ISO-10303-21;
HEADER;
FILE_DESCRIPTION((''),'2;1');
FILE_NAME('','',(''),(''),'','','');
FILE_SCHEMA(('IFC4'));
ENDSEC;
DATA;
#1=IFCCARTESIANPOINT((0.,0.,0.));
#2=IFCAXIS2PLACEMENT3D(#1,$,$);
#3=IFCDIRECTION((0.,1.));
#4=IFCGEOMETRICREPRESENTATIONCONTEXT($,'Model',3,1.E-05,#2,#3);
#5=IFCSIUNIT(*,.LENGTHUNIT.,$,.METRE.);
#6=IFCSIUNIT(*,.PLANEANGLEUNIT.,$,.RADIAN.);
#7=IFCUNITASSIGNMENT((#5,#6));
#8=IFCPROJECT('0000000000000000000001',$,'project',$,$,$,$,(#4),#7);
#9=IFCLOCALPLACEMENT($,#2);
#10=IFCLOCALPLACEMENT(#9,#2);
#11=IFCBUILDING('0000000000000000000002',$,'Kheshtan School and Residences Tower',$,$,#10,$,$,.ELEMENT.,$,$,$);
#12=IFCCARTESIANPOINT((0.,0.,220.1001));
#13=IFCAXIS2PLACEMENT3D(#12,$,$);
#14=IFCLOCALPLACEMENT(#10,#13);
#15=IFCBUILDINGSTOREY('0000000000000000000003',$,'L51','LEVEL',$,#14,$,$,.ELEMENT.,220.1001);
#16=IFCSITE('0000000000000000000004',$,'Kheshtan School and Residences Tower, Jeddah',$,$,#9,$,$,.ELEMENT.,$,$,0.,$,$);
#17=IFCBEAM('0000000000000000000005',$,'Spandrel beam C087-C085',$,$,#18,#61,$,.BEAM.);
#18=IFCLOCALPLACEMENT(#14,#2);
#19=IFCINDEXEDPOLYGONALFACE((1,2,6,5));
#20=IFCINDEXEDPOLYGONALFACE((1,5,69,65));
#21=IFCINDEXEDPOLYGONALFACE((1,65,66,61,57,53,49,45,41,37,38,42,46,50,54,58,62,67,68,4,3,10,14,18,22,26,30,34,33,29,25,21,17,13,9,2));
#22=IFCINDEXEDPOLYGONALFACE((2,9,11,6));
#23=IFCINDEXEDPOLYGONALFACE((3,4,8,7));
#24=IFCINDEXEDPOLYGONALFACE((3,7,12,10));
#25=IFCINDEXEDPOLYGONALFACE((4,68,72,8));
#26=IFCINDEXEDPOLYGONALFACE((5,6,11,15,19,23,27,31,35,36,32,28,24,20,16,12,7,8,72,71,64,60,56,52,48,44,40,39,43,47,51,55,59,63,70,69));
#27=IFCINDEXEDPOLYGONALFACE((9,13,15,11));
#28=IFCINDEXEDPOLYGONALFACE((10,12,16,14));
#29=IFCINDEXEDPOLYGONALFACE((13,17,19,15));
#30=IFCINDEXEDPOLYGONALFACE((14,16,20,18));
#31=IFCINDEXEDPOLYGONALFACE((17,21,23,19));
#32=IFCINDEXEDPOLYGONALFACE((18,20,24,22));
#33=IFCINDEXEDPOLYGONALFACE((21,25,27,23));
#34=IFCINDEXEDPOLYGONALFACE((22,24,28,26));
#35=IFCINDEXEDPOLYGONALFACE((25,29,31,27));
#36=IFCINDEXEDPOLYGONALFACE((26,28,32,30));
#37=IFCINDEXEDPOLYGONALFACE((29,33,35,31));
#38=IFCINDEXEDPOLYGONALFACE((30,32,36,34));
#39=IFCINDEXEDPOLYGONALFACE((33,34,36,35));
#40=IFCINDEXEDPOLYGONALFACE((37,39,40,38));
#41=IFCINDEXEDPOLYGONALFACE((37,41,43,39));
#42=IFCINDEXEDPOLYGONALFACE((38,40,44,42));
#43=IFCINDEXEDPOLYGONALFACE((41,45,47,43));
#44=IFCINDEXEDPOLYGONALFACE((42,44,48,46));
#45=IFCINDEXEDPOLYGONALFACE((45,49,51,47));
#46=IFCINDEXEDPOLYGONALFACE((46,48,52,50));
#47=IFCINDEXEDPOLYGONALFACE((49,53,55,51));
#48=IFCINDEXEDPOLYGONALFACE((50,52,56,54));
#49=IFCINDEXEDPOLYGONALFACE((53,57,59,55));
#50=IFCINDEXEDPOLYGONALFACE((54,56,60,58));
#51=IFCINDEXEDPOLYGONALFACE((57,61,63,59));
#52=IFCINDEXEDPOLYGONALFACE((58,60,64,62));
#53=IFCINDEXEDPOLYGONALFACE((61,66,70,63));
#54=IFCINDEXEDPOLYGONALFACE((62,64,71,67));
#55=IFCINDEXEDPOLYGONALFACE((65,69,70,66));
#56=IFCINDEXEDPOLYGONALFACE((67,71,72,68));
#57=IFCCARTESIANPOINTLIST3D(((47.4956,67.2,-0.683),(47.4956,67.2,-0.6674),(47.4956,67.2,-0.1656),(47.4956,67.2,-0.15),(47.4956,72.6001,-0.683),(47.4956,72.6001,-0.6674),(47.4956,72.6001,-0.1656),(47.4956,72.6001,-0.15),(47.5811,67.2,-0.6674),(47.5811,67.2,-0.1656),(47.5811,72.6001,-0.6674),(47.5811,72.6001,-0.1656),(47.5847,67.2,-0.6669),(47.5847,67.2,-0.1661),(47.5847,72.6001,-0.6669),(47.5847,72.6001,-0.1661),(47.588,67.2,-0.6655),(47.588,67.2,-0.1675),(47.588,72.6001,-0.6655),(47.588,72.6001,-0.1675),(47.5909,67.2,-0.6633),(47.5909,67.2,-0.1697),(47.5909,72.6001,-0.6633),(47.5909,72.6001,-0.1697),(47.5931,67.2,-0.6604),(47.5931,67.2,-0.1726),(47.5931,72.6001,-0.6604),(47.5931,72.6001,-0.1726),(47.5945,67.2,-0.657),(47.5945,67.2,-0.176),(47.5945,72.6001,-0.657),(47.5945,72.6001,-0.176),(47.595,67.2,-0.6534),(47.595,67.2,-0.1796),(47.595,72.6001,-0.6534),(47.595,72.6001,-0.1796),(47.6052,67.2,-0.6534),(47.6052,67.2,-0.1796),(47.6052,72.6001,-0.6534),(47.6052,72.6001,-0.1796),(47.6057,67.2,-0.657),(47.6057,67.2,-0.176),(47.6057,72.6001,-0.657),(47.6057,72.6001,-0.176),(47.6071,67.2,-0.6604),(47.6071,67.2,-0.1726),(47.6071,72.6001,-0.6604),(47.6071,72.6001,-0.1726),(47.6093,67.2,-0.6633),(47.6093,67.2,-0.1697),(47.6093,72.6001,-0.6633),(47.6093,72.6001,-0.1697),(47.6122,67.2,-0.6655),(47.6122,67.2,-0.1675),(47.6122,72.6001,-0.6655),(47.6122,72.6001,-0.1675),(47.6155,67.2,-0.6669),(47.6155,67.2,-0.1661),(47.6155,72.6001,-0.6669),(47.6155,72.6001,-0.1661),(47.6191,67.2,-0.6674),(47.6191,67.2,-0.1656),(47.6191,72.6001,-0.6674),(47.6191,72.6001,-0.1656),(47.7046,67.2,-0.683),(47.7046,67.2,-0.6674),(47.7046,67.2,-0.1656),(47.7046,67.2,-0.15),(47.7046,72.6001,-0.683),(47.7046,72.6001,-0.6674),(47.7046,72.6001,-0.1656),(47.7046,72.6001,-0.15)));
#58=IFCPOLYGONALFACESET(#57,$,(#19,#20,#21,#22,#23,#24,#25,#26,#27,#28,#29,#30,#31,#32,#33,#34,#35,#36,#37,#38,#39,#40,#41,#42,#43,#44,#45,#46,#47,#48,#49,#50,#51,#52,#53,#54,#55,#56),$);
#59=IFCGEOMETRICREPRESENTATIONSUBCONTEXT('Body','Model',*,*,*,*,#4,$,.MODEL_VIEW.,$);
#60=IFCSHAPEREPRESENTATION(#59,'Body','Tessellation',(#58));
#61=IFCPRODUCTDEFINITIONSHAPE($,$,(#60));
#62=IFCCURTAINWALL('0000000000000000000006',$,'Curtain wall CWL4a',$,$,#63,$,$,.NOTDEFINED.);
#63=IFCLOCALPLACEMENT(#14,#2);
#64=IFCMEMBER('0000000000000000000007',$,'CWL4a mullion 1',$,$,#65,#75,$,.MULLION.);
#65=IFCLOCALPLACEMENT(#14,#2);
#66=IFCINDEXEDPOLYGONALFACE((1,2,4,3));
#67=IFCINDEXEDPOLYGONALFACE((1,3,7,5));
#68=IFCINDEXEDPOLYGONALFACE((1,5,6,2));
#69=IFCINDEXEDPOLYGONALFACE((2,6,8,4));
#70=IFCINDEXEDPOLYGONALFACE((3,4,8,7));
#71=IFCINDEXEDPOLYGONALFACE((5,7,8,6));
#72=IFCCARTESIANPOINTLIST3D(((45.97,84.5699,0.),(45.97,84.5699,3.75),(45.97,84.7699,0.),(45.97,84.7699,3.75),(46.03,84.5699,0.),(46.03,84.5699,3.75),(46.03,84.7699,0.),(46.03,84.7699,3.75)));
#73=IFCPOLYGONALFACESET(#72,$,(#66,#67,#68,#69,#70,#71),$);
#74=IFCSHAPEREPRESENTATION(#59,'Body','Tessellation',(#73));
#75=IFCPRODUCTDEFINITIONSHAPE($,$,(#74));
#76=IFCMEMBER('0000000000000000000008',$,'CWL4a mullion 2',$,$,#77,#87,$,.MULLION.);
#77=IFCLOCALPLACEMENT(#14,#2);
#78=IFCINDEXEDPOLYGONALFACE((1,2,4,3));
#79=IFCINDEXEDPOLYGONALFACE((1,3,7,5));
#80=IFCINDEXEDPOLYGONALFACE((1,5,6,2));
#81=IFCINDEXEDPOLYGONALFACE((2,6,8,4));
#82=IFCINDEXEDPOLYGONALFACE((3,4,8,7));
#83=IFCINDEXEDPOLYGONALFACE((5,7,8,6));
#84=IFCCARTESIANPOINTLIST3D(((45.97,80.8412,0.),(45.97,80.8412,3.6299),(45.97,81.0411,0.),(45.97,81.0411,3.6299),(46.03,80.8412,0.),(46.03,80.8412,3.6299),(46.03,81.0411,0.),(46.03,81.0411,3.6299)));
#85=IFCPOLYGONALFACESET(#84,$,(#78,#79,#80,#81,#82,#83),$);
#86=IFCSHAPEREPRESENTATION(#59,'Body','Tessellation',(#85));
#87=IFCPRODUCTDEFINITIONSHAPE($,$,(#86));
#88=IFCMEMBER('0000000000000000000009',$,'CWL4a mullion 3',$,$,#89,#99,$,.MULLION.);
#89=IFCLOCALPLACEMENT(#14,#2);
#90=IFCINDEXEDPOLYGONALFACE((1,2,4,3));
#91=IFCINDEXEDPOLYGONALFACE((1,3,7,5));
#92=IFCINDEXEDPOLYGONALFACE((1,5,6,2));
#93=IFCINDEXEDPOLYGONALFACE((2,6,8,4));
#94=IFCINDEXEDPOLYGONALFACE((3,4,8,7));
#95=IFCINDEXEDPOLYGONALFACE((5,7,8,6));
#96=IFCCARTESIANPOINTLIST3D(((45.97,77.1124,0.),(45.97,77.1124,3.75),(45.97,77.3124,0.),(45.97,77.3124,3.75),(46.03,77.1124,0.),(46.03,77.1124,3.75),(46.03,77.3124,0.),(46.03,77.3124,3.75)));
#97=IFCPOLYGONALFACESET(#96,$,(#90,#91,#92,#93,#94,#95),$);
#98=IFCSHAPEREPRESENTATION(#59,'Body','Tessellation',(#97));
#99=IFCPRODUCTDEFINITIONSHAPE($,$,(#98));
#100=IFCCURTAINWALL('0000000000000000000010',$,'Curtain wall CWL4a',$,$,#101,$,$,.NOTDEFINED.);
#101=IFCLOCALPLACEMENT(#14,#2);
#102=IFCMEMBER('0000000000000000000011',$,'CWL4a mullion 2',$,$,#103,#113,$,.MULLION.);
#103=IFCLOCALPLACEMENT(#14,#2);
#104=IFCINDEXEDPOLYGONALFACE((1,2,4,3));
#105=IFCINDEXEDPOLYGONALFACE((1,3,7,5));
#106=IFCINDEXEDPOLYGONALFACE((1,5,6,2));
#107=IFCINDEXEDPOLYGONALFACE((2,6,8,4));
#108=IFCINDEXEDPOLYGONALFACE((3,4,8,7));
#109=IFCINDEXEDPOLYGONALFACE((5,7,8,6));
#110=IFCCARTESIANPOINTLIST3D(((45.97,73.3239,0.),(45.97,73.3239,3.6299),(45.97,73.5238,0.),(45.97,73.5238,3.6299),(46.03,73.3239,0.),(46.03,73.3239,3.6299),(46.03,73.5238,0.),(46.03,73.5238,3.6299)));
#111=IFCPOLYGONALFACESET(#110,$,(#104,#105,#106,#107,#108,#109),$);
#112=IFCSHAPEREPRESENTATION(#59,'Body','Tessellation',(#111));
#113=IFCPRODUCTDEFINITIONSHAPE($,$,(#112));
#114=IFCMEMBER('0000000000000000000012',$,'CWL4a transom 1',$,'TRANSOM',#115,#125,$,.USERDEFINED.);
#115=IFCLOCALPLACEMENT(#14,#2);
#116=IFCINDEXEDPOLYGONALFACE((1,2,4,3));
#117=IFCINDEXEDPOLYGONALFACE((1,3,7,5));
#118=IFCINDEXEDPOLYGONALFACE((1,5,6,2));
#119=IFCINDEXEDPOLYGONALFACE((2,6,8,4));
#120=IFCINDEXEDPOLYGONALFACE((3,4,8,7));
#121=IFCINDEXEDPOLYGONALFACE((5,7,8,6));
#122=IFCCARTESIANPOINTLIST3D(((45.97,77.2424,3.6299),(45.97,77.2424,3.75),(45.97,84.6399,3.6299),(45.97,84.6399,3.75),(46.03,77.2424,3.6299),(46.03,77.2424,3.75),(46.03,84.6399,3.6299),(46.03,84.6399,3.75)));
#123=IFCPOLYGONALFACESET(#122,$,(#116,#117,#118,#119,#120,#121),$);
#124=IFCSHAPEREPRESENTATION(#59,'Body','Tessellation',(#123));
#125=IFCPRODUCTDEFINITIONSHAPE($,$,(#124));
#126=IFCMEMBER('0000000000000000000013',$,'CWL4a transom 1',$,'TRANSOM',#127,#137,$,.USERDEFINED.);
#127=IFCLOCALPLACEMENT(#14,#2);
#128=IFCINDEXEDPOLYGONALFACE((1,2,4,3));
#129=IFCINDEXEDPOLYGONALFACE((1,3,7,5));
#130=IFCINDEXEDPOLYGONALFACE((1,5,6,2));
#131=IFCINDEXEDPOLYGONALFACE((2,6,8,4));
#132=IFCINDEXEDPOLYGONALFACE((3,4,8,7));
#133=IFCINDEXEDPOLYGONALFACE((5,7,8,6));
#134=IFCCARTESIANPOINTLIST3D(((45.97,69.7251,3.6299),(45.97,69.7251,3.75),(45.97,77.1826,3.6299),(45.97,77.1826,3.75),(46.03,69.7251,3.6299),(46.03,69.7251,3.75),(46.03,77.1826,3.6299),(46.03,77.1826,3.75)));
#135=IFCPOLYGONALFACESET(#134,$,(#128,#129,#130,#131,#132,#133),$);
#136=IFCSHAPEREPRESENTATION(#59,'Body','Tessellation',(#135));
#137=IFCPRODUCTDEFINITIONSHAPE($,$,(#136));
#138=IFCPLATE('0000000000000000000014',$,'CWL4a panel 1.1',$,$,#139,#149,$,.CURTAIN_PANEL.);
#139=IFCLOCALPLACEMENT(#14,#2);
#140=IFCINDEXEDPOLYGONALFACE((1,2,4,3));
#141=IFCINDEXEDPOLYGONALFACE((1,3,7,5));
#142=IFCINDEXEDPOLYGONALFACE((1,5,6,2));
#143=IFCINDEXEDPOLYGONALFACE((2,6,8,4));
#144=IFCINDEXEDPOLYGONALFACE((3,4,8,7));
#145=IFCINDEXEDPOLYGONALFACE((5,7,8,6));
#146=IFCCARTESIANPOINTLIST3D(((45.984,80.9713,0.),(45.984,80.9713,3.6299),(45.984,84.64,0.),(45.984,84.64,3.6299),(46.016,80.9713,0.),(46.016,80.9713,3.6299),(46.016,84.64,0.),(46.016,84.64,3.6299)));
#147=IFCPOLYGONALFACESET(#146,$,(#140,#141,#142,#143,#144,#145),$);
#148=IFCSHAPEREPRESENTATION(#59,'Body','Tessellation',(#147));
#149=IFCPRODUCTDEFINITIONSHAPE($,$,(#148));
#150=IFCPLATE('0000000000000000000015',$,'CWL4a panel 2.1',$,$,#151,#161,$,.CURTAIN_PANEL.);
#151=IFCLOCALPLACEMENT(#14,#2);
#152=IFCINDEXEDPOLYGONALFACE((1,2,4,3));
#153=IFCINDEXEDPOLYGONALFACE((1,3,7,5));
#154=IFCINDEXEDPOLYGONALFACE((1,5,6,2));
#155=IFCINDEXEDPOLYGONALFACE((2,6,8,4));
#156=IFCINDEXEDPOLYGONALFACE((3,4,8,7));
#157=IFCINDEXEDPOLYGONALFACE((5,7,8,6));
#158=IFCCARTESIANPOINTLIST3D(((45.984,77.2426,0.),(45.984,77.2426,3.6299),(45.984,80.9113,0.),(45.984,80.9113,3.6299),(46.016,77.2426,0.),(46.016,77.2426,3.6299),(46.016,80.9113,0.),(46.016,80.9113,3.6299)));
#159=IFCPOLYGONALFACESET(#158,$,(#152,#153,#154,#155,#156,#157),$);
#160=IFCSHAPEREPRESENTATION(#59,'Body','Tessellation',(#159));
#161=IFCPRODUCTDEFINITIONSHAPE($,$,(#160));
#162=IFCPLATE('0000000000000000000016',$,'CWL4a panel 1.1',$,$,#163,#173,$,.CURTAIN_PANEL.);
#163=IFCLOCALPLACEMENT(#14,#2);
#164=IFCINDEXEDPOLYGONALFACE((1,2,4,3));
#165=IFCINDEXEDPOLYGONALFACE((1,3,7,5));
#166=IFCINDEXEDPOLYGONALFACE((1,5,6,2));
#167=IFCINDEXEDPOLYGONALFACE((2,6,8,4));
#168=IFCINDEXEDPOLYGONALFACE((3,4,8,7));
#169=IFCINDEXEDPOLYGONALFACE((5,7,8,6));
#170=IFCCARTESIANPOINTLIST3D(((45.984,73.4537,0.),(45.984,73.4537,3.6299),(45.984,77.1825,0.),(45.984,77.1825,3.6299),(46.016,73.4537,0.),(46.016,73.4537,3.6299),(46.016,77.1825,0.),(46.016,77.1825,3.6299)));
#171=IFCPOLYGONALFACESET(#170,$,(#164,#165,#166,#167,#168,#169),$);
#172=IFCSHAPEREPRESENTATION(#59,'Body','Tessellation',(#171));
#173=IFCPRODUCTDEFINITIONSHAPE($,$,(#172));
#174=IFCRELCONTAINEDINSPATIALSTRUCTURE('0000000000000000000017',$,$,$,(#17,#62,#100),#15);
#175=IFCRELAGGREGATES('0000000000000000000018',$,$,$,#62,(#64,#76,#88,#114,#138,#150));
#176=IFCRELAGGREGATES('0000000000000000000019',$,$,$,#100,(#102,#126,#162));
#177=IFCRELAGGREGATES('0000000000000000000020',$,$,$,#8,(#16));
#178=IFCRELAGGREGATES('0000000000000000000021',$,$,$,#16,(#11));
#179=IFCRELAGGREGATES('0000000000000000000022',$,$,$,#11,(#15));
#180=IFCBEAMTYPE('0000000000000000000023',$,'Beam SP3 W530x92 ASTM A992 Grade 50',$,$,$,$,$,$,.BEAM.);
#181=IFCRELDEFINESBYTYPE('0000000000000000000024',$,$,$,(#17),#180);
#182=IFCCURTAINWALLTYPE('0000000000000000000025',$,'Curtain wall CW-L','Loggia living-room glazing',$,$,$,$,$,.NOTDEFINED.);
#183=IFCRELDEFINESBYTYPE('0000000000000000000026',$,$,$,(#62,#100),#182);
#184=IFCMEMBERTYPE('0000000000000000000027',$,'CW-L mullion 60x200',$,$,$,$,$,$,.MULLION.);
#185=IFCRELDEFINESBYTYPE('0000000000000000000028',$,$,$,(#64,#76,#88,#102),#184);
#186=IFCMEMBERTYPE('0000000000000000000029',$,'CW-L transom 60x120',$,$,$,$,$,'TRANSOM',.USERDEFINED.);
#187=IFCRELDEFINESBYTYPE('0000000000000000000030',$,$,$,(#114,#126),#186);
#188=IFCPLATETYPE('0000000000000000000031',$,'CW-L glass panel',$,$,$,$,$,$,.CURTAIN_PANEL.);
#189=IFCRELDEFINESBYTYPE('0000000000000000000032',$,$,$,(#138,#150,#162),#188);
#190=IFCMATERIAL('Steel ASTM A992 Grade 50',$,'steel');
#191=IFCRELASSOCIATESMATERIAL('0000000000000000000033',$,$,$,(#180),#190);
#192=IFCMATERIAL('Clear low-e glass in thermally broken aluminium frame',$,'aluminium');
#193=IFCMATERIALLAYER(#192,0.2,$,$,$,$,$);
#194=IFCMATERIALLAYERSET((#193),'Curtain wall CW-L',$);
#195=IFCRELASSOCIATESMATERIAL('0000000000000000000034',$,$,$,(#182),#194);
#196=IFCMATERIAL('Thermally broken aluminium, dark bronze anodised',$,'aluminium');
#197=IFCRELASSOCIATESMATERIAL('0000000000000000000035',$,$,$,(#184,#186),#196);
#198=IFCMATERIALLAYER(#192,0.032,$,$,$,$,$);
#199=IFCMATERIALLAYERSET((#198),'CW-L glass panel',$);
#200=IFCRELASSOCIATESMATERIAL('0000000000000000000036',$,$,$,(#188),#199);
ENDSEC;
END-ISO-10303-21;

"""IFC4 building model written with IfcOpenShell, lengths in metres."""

from ifc_helpers import new_model, si_unit, direction, frame, origin, origin_2d, place, context, subcontext, project, spatial, rectangle, i_section, extrude, material, layer, layer_set, material_profile, profile_set, type_object, element, aggregate, save


model = new_model("IFC4")

# Units and contexts
model_context = context("Model", 3, precision=1e-05, world=origin(), true_north=direction((0.0, 1.0)))
body_context = subcontext(model_context, "Body", "Model", "MODEL_VIEW")
ifc_project = project(units=[si_unit("LENGTHUNIT", "METRE"), si_unit("PLANEANGLEUNIT", "RADIAN")], contexts=[model_context])

# Site, building, storey
site_placement = place(None, origin())
site = spatial("IfcSite", under=ifc_project, at=site_placement, Name="Kheshtan School and Residences Tower, Jeddah", CompositionType="ELEMENT", RefElevation=0.0)
building_placement = place(site_placement, origin())
building = spatial("IfcBuilding", under=site, at=building_placement, Name="Kheshtan School and Residences Tower", CompositionType="ELEMENT")
storey_placement = place(building_placement, frame((0.0, 0.0, 220.1001)))
storey = spatial("IfcBuildingStorey", under=building, at=storey_placement, Name="L51", Description="LEVEL", CompositionType="ELEMENT", Elevation=220.1001)

# Shared definitions
ifc_material_1 = material(Name="Steel ASTM A992 Grade 50", Category="steel")

# Beam
ifc_material_profile_1 = material_profile(ifc_material_1, i_section(OverallWidth=0.209, OverallDepth=0.533, WebThickness=0.0103, FlangeThickness=0.0156, FilletRadius=0.0139, at=origin_2d()), Name="W530x92")
ifc_profile_set_1 = profile_set([ifc_material_profile_1], Name="Steel ASTM A992 Grade 50")
beam_type_1 = type_object("IfcBeamType", Name="Beam SP3 W530x92 ASTM A992 Grade 50", PredefinedType="BEAM", material=ifc_profile_set_1)
beam_1_placement = place(storey_placement, frame((47.6001, 72.6001, -0.4165), z_axis=(0.0, -1.0, 0.0), x_axis=(1.0, 0.0, 0.0)))
element("IfcBeam", 1, at=beam_1_placement, inside=storey, type_object=beam_type_1, Name="Spandrel beam C087-C085", PredefinedType="BEAM", context=body_context, shape_type="SweptSolid", body=[
    extrude(i_section(OverallWidth=0.209, OverallDepth=0.533, WebThickness=0.0103, FlangeThickness=0.0156, FilletRadius=0.0139, at=origin_2d()), origin(), (0.0, 0.0, 1.0), 5.4001),
])

# Curtain wall, members
ifc_material_2 = material(Name="Clear low-e glass in thermally broken aluminium frame", Category="aluminium")
ifc_layer_1 = layer(ifc_material_2, 0.2)
ifc_layer_set_1 = layer_set([ifc_layer_1], Name="Curtain wall CW-L")
curtain_wall_type = type_object("IfcCurtainWallType", Name="Curtain wall CW-L", Description="Loggia living-room glazing", PredefinedType="NOTDEFINED", material=ifc_layer_set_1)
curtain_wall_1_placement = place(storey_placement, origin())
curtain_wall_1 = element("IfcCurtainWall", 2, at=curtain_wall_1_placement, inside=storey, type_object=curtain_wall_type, Name="Curtain wall CWL4a", PredefinedType="NOTDEFINED")
ifc_material_3 = material(Name="Thermally broken aluminium, dark bronze anodised", Category="aluminium")
ifc_material_profile_2 = material_profile(ifc_material_3, rectangle(XDim=0.0601, YDim=0.2, at=origin_2d()), Name="CW-L mullion 60x200")
ifc_profile_set_2 = profile_set([ifc_material_profile_2], Name="Thermally broken aluminium, dark bronze anodised")
member_type_1 = type_object("IfcMemberType", Name="CW-L mullion 60x200", PredefinedType="MULLION", material=ifc_profile_set_2)
member_1_placement = place(storey_placement, frame((46.0, 84.6699, 0.0), z_axis=(0.0, 0.0, 1.0), x_axis=(1.0, 0.0, 0.0)))
member_1 = element("IfcMember", 3, at=member_1_placement, type_object=member_type_1, Name="CWL4a mullion 1", PredefinedType="MULLION", context=body_context, shape_type="SweptSolid", body=[
    extrude(rectangle(XDim=0.0601, YDim=0.2, at=origin_2d()), origin(), (0.0, 0.0, 1.0), 3.75),
])
member_2_placement = place(storey_placement, frame((46.0, 80.9412, 0.0), z_axis=(0.0, 0.0, 1.0), x_axis=(1.0, 0.0, 0.0)))
member_2 = element("IfcMember", 4, at=member_2_placement, type_object=member_type_1, Name="CWL4a mullion 2", PredefinedType="MULLION", context=body_context, shape_type="SweptSolid", body=[
    extrude(rectangle(XDim=0.0601, YDim=0.2, at=origin_2d()), origin(), (0.0, 0.0, 1.0), 3.6299),
])
member_3_placement = place(storey_placement, frame((46.0, 77.2124, 0.0), z_axis=(0.0, 0.0, 1.0), x_axis=(1.0, 0.0, 0.0)))
member_3 = element("IfcMember", 5, at=member_3_placement, type_object=member_type_1, Name="CWL4a mullion 3", PredefinedType="MULLION", context=body_context, shape_type="SweptSolid", body=[
    extrude(rectangle(XDim=0.0601, YDim=0.2, at=origin_2d()), origin(), (0.0, 0.0, 1.0), 3.75),
])

# Curtain wall, member
curtain_wall_2_placement = place(storey_placement, origin())
curtain_wall_2 = element("IfcCurtainWall", 6, at=curtain_wall_2_placement, inside=storey, type_object=curtain_wall_type, Name="Curtain wall CWL4a", PredefinedType="NOTDEFINED")
member_4_placement = place(storey_placement, frame((46.0, 73.4238, 0.0), z_axis=(0.0, 0.0, 1.0), x_axis=(1.0, 0.0, 0.0)))
member_4 = element("IfcMember", 7, at=member_4_placement, type_object=member_type_1, Name="CWL4a mullion 2", PredefinedType="MULLION", context=body_context, shape_type="SweptSolid", body=[
    extrude(rectangle(XDim=0.0601, YDim=0.2, at=origin_2d()), origin(), (0.0, 0.0, 1.0), 3.6299),
])

# Members
ifc_material_profile_3 = material_profile(ifc_material_3, rectangle(XDim=0.0601, YDim=0.1201, at=origin_2d()), Name="CW-L transom 60x120")
ifc_profile_set_3 = profile_set([ifc_material_profile_3], Name="Thermally broken aluminium, dark bronze anodised")
member_type_2 = type_object("IfcMemberType", Name="CW-L transom 60x120", ElementType="TRANSOM", PredefinedType="USERDEFINED", material=ifc_profile_set_3)
member_5_placement = place(storey_placement, frame((46.0, 84.6399, 3.6899), z_axis=(0.0, -1.0, 0.0), x_axis=(1.0, 0.0, 0.0)))
member_5 = element("IfcMember", 8, at=member_5_placement, type_object=member_type_2, Name="CWL4a transom 1", ObjectType="TRANSOM", PredefinedType="USERDEFINED", context=body_context, shape_type="SweptSolid", body=[
    extrude(rectangle(XDim=0.0601, YDim=0.1201, at=origin_2d()), origin(), (0.0, 0.0, 1.0), 7.3975),
])
member_6_placement = place(storey_placement, frame((46.0, 77.1826, 3.6899), z_axis=(0.0, -1.0, 0.0), x_axis=(1.0, 0.0, 0.0)))
member_6 = element("IfcMember", 9, at=member_6_placement, type_object=member_type_2, Name="CWL4a transom 1", ObjectType="TRANSOM", PredefinedType="USERDEFINED", context=body_context, shape_type="SweptSolid", body=[
    extrude(rectangle(XDim=0.0601, YDim=0.1201, at=origin_2d()), origin(), (0.0, 0.0, 1.0), 7.4575),
])

# Plates
ifc_layer_2 = layer(ifc_material_2, 0.032)
ifc_layer_set_2 = layer_set([ifc_layer_2], Name="CW-L glass panel")
plate_type = type_object("IfcPlateType", Name="CW-L glass panel", PredefinedType="CURTAIN_PANEL", material=ifc_layer_set_2)
plate_1_placement = place(storey_placement, frame((46.0, 82.8057, 0.0), z_axis=(0.0, 0.0, 1.0), x_axis=(0.0, -1.0, 0.0)))
plate_1 = element("IfcPlate", 10, at=plate_1_placement, type_object=plate_type, Name="CWL4a panel 1.1", PredefinedType="CURTAIN_PANEL", context=body_context, shape_type="SweptSolid", body=[
    extrude(rectangle(XDim=3.6687, YDim=0.032, at=origin_2d()), origin(), (0.0, 0.0, 1.0), 3.6299),
])
plate_2_placement = place(storey_placement, frame((46.0, 79.0769, 0.0), z_axis=(0.0, 0.0, 1.0), x_axis=(0.0, -1.0, 0.0)))
plate_2 = element("IfcPlate", 11, at=plate_2_placement, type_object=plate_type, Name="CWL4a panel 2.1", PredefinedType="CURTAIN_PANEL", context=body_context, shape_type="SweptSolid", body=[
    extrude(rectangle(XDim=3.6687, YDim=0.032, at=origin_2d()), origin(), (0.0, 0.0, 1.0), 3.6299),
])
aggregate(curtain_wall_1, [member_1, member_2, member_3, member_5, plate_1, plate_2])
plate_3_placement = place(storey_placement, frame((46.0, 75.3181, 0.0), z_axis=(0.0, 0.0, 1.0), x_axis=(0.0, -1.0, 0.0)))
plate_3 = element("IfcPlate", 12, at=plate_3_placement, type_object=plate_type, Name="CWL4a panel 1.1", PredefinedType="CURTAIN_PANEL", context=body_context, shape_type="SweptSolid", body=[
    extrude(rectangle(XDim=3.7288, YDim=0.032, at=origin_2d()), origin(), (0.0, 0.0, 1.0), 3.6299),
])
aggregate(curtain_wall_2, [member_4, member_6, plate_3])

save(model, "model.ifc")
